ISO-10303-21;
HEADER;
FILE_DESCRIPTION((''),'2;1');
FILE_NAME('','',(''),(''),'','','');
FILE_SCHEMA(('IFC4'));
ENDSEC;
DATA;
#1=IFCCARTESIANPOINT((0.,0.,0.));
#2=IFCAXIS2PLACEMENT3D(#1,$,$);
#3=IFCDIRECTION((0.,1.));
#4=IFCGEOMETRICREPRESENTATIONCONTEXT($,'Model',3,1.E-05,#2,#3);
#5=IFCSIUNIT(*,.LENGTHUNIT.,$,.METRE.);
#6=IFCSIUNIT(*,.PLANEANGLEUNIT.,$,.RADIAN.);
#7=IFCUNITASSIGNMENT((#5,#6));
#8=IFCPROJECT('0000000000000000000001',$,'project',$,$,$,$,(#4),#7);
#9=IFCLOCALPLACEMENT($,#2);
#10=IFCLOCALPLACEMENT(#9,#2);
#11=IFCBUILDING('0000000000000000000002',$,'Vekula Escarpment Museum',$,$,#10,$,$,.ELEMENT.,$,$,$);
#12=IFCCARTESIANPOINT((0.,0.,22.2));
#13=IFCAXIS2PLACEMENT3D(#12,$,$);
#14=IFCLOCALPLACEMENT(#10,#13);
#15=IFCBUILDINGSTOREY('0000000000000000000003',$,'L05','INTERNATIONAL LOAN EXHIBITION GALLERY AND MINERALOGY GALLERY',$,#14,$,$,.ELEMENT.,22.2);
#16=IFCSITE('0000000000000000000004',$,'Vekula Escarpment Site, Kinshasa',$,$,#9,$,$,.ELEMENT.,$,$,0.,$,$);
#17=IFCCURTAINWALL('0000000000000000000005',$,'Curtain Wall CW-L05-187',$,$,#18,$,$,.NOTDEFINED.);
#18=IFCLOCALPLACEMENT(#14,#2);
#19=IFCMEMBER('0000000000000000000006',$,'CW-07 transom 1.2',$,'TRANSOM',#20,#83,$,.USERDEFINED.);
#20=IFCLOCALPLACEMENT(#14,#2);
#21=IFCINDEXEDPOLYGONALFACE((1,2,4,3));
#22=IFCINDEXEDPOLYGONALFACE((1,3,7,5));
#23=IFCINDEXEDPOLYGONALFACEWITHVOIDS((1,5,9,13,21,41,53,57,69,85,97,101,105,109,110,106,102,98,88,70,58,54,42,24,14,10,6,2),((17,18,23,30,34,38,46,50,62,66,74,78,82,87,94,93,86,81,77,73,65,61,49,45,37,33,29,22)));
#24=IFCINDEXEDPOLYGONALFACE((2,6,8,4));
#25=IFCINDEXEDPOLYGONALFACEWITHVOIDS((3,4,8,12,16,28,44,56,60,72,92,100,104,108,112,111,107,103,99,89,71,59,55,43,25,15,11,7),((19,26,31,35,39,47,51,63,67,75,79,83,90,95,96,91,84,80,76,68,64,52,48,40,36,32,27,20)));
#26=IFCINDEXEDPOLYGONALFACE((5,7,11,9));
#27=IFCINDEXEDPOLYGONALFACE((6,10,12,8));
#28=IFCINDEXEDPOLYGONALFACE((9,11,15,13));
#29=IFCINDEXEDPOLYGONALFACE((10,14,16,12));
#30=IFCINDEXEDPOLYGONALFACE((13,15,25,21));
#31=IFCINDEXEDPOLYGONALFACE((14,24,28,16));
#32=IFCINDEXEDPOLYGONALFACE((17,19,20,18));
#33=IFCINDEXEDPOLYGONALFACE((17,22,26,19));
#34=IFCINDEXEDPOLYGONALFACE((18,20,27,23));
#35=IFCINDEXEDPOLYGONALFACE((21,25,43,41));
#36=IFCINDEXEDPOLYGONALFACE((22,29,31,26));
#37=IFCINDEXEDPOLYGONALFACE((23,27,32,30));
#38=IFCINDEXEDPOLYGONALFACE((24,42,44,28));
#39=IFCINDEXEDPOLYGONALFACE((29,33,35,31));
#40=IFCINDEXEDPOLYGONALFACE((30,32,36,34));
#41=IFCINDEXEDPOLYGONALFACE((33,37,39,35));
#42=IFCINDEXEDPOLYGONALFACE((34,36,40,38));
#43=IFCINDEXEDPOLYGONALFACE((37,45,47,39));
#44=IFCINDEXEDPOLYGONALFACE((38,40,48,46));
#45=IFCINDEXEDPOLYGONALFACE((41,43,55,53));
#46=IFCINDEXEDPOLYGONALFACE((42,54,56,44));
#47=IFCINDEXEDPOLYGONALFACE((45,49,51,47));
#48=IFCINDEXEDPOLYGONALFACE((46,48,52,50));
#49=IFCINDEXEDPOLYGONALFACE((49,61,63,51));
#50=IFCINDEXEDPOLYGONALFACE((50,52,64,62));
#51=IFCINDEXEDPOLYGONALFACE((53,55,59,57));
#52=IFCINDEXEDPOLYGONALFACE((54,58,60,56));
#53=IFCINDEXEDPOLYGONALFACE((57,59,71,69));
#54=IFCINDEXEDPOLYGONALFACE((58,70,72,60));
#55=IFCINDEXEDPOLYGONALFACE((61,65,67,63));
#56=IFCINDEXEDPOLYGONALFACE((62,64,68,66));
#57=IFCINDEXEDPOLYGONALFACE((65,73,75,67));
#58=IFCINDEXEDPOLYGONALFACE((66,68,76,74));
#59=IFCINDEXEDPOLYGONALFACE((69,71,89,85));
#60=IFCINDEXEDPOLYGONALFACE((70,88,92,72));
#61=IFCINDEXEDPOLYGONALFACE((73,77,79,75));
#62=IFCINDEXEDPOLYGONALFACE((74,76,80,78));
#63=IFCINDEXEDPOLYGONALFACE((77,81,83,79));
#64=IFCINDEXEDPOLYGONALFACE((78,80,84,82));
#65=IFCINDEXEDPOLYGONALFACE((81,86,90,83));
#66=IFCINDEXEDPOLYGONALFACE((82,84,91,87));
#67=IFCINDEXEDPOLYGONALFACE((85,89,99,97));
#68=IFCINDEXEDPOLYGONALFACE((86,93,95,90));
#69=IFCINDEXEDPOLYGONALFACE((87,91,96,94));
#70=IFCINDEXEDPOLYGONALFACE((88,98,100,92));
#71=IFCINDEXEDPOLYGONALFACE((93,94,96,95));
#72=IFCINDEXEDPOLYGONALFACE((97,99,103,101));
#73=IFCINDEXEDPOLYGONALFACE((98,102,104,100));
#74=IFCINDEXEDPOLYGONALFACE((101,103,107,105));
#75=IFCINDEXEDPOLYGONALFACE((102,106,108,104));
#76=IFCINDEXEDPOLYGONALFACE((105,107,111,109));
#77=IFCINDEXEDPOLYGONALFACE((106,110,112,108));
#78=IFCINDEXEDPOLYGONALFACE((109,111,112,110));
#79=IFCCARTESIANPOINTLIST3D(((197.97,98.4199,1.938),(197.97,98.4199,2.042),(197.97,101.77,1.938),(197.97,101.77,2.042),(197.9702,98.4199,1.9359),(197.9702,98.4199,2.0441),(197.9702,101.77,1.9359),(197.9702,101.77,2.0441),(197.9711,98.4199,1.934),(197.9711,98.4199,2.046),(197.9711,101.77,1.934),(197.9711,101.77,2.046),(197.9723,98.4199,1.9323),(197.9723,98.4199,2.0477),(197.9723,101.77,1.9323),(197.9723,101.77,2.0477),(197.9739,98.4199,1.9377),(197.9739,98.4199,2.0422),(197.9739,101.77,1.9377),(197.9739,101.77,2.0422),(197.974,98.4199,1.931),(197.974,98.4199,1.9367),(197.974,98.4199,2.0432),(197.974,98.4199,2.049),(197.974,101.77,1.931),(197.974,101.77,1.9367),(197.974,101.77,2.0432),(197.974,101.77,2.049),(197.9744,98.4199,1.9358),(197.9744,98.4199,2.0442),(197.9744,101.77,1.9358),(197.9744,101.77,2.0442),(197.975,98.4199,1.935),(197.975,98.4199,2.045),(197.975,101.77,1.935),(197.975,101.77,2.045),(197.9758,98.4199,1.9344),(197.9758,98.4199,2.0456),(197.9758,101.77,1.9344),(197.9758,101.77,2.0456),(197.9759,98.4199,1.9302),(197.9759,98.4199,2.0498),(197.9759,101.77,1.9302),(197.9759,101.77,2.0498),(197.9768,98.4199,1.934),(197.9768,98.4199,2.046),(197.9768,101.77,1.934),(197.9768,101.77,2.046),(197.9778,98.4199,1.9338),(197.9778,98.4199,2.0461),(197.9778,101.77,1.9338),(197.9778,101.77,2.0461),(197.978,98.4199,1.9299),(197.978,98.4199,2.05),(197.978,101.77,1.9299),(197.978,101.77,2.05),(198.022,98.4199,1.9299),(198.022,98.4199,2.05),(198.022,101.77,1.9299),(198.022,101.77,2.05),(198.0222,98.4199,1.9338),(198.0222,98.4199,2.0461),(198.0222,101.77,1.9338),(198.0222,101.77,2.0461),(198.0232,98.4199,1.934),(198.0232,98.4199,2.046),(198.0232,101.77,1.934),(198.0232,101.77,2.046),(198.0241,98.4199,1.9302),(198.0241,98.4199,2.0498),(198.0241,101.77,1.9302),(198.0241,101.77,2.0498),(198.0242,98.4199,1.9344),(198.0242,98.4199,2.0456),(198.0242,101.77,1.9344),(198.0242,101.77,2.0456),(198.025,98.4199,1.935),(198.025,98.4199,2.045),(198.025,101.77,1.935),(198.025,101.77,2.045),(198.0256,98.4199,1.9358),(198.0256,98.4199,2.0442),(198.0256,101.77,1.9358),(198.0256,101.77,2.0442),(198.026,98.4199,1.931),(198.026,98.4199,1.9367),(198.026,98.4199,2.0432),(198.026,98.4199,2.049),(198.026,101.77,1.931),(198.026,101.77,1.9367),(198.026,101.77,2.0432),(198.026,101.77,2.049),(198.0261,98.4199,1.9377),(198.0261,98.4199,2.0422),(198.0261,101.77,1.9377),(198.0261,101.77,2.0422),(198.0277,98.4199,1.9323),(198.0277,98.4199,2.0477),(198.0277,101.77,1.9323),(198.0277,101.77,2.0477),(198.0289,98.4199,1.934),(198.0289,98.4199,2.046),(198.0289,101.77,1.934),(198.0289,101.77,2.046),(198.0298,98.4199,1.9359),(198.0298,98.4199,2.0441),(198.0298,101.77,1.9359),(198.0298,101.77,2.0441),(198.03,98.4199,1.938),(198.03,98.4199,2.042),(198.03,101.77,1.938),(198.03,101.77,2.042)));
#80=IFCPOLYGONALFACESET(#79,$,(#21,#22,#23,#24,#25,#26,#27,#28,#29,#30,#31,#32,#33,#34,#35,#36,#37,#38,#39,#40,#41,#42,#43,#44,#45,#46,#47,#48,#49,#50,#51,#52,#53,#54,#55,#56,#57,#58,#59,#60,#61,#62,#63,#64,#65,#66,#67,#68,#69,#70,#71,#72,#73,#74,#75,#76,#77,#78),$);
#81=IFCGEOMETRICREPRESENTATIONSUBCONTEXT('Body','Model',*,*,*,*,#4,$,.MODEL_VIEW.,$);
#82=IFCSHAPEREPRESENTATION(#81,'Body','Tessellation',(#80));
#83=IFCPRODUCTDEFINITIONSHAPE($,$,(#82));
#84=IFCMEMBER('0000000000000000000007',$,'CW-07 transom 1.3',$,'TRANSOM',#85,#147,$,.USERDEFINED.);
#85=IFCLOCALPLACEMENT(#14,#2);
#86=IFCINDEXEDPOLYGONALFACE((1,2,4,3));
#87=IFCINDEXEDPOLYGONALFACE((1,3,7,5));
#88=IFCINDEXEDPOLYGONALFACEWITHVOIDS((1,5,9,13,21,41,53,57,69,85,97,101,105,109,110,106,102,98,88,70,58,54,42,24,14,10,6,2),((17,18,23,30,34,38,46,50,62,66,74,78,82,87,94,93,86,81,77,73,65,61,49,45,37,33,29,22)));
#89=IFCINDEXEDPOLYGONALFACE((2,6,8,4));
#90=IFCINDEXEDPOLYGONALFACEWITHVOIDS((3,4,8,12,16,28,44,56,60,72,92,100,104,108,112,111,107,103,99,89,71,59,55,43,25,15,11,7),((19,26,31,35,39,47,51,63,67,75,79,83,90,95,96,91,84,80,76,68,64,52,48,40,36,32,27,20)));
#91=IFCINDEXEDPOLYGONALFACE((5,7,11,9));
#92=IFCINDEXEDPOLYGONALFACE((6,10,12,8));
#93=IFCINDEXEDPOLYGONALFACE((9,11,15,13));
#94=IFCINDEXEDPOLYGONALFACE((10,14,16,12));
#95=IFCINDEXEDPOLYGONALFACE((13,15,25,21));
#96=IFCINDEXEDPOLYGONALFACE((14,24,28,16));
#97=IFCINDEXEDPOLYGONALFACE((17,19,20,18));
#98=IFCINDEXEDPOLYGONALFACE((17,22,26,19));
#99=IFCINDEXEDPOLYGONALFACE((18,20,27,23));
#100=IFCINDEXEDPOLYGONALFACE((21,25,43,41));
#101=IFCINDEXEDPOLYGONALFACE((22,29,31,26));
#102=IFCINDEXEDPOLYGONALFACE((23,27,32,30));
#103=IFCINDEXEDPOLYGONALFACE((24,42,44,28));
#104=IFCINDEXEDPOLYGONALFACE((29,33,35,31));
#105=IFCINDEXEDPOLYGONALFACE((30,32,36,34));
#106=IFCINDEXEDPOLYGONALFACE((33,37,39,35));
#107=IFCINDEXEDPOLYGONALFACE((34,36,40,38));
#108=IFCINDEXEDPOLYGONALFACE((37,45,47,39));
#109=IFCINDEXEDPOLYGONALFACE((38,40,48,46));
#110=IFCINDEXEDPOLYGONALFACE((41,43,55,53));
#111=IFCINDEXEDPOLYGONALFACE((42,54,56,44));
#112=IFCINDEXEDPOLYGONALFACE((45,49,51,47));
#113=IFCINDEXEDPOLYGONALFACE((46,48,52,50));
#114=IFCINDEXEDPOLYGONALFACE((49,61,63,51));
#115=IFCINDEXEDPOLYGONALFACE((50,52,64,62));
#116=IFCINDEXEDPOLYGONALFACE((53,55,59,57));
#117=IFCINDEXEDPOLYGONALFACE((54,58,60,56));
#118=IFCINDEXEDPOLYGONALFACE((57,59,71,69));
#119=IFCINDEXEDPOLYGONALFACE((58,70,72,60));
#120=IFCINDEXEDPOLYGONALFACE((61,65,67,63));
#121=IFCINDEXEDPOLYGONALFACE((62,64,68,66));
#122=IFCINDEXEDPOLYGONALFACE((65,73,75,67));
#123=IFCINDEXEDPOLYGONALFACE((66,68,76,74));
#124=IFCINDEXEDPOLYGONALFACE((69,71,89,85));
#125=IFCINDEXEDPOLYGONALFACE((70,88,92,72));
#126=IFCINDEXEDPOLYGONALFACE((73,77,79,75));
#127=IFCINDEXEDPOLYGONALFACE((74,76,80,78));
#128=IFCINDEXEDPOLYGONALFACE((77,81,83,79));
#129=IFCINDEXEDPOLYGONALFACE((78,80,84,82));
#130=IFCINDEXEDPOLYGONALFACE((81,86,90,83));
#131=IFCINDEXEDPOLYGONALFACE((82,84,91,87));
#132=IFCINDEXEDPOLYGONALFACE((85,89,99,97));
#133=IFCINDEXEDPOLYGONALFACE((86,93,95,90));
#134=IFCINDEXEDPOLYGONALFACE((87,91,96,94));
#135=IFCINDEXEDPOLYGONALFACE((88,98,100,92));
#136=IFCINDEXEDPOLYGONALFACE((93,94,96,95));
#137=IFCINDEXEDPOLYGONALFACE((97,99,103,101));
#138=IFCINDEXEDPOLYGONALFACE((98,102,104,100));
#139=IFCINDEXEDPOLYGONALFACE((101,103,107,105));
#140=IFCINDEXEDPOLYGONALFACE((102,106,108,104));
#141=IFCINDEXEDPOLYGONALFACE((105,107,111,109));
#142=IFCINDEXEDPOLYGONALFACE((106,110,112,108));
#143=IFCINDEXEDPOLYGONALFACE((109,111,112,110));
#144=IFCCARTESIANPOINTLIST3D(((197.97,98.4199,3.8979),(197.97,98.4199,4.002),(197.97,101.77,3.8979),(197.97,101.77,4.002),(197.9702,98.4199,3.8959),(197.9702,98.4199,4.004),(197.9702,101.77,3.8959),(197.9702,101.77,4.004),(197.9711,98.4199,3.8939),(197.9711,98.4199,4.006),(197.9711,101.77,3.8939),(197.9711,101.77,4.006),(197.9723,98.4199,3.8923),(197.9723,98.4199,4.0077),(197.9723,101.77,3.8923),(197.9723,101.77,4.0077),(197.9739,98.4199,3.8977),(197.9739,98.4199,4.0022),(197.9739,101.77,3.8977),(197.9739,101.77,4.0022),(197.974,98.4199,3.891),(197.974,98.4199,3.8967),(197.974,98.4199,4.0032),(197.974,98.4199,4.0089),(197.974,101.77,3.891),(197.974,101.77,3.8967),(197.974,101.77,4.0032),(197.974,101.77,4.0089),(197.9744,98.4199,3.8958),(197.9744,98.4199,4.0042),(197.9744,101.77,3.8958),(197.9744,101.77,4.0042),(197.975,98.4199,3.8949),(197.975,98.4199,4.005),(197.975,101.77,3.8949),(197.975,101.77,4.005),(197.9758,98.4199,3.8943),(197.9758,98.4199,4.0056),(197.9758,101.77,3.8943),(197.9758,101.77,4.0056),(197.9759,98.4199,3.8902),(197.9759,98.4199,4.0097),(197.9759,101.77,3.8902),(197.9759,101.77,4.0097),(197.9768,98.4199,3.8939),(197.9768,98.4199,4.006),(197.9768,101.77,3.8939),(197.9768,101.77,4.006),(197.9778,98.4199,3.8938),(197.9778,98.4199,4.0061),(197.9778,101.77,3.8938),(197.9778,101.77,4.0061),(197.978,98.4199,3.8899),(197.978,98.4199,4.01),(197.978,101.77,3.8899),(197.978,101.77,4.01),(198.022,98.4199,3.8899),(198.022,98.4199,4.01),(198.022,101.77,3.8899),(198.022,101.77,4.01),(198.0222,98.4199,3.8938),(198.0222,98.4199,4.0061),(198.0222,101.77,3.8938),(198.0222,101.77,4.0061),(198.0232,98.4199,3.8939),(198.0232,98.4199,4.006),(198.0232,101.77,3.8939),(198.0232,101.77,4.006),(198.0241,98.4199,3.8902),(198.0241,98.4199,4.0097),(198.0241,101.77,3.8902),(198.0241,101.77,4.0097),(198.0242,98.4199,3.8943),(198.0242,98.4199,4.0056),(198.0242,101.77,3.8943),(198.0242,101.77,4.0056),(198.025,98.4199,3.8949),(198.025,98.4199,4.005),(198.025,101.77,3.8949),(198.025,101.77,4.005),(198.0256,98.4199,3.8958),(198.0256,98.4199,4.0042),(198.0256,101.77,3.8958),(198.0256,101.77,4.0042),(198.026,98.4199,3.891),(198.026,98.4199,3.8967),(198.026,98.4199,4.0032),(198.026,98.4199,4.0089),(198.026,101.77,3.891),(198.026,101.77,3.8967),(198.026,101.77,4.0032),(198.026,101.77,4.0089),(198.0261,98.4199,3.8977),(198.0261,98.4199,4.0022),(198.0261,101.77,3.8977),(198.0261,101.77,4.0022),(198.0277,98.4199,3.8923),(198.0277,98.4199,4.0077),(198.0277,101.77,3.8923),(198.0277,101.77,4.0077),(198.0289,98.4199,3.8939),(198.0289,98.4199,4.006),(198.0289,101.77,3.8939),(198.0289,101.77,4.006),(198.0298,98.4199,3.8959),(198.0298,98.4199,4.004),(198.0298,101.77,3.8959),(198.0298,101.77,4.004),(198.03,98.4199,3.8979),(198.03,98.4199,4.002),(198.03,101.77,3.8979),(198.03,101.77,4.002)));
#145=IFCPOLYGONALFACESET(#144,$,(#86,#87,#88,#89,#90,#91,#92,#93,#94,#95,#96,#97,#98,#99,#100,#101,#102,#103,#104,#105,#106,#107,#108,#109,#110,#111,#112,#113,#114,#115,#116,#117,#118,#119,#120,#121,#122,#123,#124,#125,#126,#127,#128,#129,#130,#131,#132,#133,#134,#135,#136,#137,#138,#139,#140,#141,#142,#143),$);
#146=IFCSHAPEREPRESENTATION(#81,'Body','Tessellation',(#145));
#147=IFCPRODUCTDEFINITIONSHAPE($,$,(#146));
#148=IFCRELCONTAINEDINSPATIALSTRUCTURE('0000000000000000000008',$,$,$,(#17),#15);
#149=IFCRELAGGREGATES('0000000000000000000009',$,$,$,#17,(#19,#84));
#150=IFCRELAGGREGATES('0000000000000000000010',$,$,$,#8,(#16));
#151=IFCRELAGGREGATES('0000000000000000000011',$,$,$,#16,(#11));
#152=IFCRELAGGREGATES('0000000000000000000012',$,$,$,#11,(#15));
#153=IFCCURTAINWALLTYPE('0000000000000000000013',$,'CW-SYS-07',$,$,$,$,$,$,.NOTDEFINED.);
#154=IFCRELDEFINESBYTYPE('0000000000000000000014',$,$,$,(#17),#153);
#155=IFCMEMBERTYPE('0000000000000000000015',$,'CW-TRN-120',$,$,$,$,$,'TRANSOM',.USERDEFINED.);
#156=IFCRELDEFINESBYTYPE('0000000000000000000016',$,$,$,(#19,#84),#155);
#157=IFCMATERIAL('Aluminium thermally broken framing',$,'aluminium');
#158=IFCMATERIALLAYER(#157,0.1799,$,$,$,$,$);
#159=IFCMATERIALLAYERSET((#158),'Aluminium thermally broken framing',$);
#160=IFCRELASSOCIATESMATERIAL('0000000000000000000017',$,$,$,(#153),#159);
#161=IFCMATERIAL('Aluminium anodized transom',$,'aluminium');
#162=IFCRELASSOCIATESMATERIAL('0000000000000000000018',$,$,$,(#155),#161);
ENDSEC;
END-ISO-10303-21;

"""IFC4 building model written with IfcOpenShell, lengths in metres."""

from ifc_helpers import new_model, si_unit, direction, frame, origin, origin_2d, place, context, subcontext, project, spatial, hollow_rectangle, extrude, material, layer, layer_set, material_profile, profile_set, type_object, element, aggregate, save


model = new_model("IFC4")

# Units and contexts
model_context = context("Model", 3, precision=1e-05, world=origin(), true_north=direction((0.0, 1.0)))
body_context = subcontext(model_context, "Body", "Model", "MODEL_VIEW")
ifc_project = project(units=[si_unit("LENGTHUNIT", "METRE"), si_unit("PLANEANGLEUNIT", "RADIAN")], contexts=[model_context])

# Site, building, storey
site_placement = place(None, origin())
site = spatial("IfcSite", under=ifc_project, at=site_placement, Name="Vekula Escarpment Site, Kinshasa", CompositionType="ELEMENT", RefElevation=0.0)
building_placement = place(site_placement, origin())
building = spatial("IfcBuilding", under=site, at=building_placement, Name="Vekula Escarpment Museum", CompositionType="ELEMENT")
storey_placement = place(building_placement, frame((0.0, 0.0, 22.2)))
storey = spatial("IfcBuildingStorey", under=building, at=storey_placement, Name="L05", Description="INTERNATIONAL LOAN EXHIBITION GALLERY AND MINERALOGY GALLERY", CompositionType="ELEMENT", Elevation=22.2)

# Curtain wall, members
ifc_material_1 = material(Name="Aluminium thermally broken framing", Category="aluminium")
ifc_layer_1 = layer(ifc_material_1, 0.1799)
ifc_layer_set_1 = layer_set([ifc_layer_1], Name="Aluminium thermally broken framing")
curtain_wall_type = type_object("IfcCurtainWallType", Name="CW-SYS-07", PredefinedType="NOTDEFINED", material=ifc_layer_set_1)
curtain_wall_placement = place(storey_placement, origin())
curtain_wall = element("IfcCurtainWall", 1, at=curtain_wall_placement, inside=storey, type_object=curtain_wall_type, Name="Curtain Wall CW-L05-187", PredefinedType="NOTDEFINED")
ifc_material_2 = material(Name="Aluminium anodized transom", Category="aluminium")
ifc_material_profile_1 = material_profile(ifc_material_2, hollow_rectangle(XDim=0.0601, YDim=0.1201, WallThickness=0.0039, InnerFilletRadius=0.0039, OuterFilletRadius=0.0081, at=origin_2d()), Name="ALU 120x60x4")
ifc_profile_set_1 = profile_set([ifc_material_profile_1], Name="Aluminium anodized transom")
member_type_1 = type_object("IfcMemberType", Name="CW-TRN-120", ElementType="TRANSOM", PredefinedType="USERDEFINED", material=ifc_profile_set_1)
member_1_placement = place(storey_placement, frame((198.0, 98.4199, 1.99), z_axis=(0.0, 1.0, 0.0), x_axis=(-1.0, 0.0, 0.0)))
member_1 = element("IfcMember", 2, at=member_1_placement, type_object=member_type_1, Name="CW-07 transom 1.2", ObjectType="TRANSOM", PredefinedType="USERDEFINED", context=body_context, shape_type="SweptSolid", body=[
    extrude(hollow_rectangle(XDim=0.0601, YDim=0.1201, WallThickness=0.0039, InnerFilletRadius=0.0039, OuterFilletRadius=0.0081, at=origin_2d()), origin(), (0.0, 0.0, 1.0), 3.3501),
])
member_2_placement = place(storey_placement, frame((198.0, 98.4199, 3.95), z_axis=(0.0, 1.0, 0.0), x_axis=(-1.0, 0.0, 0.0)))
member_2 = element("IfcMember", 3, at=member_2_placement, type_object=member_type_1, Name="CW-07 transom 1.3", ObjectType="TRANSOM", PredefinedType="USERDEFINED", context=body_context, shape_type="SweptSolid", body=[
    extrude(hollow_rectangle(XDim=0.0601, YDim=0.1201, WallThickness=0.0039, InnerFilletRadius=0.0039, OuterFilletRadius=0.0081, at=origin_2d()), origin(), (0.0, 0.0, 1.0), 3.3501),
])
aggregate(curtain_wall, [member_1, member_2])

save(model, "model.ifc")
